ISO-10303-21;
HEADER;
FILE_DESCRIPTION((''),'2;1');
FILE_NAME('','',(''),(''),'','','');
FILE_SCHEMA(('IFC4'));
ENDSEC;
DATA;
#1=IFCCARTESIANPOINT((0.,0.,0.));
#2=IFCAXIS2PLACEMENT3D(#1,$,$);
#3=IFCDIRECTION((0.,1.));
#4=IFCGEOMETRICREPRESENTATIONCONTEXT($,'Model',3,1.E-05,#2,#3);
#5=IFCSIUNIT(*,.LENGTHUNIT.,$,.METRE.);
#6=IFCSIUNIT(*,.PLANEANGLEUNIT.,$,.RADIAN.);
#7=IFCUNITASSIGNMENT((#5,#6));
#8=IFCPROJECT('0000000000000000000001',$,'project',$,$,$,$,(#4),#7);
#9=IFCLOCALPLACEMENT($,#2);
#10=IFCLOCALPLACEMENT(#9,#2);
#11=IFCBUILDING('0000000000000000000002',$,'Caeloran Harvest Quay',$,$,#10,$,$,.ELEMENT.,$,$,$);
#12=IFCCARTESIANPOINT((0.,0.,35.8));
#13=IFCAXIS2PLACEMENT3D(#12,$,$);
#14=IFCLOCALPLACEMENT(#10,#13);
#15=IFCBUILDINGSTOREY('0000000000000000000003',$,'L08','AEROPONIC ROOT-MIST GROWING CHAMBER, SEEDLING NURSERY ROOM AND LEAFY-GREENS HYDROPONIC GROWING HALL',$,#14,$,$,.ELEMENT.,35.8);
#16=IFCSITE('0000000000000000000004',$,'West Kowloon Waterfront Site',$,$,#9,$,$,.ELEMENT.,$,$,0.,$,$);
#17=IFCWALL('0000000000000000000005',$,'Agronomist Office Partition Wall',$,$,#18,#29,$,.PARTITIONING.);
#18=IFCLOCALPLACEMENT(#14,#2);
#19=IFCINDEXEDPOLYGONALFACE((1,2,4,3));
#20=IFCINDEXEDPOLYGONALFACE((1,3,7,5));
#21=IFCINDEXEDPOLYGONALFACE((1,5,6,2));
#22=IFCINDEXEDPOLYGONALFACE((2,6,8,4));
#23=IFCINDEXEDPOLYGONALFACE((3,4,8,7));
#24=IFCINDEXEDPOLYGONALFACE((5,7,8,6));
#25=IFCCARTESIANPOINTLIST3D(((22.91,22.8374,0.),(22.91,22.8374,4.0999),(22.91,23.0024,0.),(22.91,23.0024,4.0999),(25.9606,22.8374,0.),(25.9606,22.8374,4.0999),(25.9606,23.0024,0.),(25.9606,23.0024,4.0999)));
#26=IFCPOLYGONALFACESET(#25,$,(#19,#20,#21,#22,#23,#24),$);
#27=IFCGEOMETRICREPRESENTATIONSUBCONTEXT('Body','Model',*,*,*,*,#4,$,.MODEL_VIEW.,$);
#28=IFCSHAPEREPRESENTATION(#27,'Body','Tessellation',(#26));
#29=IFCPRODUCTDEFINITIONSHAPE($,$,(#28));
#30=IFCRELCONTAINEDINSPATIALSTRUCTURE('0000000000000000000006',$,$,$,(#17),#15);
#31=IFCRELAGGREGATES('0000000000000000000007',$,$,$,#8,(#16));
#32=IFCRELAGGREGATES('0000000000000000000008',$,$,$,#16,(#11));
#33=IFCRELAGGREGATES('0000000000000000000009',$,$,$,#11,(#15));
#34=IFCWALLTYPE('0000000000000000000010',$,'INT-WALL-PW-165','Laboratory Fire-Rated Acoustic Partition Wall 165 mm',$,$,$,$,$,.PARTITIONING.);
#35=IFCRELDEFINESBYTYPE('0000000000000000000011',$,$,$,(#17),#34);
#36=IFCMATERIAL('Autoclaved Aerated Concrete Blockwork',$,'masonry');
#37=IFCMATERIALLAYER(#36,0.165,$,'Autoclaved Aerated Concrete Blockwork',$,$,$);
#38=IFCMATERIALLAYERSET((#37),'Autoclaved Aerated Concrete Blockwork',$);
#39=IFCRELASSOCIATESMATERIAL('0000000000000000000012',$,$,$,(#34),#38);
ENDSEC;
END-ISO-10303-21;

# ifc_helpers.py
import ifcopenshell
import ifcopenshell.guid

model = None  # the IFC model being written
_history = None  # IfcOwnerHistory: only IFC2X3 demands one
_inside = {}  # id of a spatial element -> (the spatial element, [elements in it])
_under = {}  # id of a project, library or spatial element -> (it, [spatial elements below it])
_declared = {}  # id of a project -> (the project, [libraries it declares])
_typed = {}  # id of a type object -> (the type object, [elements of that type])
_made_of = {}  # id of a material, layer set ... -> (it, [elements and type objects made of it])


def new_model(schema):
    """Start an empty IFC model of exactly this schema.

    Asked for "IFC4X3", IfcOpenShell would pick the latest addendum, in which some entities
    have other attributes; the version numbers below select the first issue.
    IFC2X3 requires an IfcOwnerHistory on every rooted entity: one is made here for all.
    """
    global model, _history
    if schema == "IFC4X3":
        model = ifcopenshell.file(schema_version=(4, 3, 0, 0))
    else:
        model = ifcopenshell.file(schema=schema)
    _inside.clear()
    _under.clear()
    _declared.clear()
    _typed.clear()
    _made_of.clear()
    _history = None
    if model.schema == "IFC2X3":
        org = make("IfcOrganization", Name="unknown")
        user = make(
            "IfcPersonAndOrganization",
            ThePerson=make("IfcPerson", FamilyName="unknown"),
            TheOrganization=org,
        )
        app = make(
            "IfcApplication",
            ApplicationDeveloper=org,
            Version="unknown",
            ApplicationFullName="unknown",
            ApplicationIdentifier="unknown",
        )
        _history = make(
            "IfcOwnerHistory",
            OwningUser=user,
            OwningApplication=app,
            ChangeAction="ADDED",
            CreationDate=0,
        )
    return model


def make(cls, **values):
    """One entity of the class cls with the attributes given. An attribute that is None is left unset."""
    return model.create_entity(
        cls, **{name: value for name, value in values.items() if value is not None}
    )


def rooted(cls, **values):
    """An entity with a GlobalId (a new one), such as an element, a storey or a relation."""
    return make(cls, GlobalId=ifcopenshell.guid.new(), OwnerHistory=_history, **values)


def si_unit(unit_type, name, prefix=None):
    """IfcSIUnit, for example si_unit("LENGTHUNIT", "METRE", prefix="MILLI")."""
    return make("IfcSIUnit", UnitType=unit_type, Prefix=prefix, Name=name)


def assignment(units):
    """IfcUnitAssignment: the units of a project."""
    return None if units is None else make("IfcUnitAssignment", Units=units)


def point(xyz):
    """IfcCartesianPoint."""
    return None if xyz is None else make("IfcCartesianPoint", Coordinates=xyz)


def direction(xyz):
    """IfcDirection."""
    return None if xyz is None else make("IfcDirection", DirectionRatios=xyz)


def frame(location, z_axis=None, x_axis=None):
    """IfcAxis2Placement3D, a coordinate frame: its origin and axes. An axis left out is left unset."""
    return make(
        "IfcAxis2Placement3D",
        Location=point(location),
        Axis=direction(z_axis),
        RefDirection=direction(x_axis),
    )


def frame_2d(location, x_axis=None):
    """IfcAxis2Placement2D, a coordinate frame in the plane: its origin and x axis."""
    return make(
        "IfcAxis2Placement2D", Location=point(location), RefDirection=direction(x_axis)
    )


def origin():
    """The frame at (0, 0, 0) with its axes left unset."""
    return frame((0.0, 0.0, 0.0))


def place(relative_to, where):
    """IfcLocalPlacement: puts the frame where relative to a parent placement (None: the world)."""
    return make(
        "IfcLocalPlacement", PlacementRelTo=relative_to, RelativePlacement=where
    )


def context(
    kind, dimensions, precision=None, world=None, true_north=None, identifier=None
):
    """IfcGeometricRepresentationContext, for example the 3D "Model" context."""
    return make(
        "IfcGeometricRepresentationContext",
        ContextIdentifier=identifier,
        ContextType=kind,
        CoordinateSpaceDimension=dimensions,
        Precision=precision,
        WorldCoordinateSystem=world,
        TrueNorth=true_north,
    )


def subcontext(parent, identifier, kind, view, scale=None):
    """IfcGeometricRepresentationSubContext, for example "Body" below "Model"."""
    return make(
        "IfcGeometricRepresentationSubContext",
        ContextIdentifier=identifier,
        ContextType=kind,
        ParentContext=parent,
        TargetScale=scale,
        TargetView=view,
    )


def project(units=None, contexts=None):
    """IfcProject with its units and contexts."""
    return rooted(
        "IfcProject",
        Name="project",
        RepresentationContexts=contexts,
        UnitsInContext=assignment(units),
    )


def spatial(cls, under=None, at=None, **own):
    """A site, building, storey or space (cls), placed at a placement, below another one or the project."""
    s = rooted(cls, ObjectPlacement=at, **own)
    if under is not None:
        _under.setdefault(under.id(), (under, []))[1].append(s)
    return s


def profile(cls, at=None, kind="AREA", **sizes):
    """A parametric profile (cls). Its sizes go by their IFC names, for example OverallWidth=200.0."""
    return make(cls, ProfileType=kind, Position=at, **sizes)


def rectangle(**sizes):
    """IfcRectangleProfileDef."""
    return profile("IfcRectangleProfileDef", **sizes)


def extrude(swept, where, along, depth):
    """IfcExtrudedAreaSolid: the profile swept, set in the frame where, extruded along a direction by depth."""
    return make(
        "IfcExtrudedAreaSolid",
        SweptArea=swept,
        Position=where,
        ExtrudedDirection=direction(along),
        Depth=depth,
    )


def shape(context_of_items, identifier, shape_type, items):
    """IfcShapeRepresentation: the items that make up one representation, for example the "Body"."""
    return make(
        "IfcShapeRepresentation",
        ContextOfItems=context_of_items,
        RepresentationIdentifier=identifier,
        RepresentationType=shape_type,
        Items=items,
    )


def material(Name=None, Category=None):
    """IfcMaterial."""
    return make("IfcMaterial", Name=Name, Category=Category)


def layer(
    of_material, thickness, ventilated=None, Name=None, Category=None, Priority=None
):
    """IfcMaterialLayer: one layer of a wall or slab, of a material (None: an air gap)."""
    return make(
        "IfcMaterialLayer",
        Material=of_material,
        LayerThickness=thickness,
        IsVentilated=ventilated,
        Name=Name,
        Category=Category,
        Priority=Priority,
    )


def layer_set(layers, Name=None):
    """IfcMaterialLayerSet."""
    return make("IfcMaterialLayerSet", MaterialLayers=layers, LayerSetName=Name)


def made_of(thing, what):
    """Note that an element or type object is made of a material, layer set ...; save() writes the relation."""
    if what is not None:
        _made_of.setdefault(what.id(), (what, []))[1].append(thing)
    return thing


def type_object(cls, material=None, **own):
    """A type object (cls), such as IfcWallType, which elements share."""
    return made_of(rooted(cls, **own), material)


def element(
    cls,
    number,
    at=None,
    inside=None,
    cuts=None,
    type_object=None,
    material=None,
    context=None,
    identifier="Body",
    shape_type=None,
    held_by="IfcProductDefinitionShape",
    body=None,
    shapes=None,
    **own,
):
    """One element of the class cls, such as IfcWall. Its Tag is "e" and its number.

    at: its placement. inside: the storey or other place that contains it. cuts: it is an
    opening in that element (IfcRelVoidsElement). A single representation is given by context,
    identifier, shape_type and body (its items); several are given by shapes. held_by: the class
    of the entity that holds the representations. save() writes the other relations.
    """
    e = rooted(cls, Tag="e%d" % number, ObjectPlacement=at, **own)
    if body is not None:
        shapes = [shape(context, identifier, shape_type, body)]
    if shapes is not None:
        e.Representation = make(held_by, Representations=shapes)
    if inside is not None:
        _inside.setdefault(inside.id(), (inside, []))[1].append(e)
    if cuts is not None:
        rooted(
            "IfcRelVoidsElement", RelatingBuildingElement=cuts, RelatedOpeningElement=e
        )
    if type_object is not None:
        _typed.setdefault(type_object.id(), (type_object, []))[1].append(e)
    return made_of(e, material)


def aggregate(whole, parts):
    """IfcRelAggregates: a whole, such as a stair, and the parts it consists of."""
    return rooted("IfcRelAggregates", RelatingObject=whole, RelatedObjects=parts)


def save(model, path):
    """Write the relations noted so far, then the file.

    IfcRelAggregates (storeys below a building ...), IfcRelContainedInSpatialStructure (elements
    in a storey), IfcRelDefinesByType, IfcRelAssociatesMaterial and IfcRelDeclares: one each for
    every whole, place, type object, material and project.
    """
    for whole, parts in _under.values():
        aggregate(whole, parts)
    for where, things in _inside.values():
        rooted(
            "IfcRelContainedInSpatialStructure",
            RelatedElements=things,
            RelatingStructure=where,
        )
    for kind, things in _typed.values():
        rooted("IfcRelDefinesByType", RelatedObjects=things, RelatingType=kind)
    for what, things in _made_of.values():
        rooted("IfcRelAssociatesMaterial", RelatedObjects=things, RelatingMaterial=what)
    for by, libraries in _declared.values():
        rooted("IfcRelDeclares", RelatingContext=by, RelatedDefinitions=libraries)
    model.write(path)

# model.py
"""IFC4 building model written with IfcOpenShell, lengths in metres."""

from ifc_helpers import new_model, si_unit, direction, frame, frame_2d, origin, place, context, subcontext, project, spatial, rectangle, extrude, material, layer, layer_set, type_object, element, save


model = new_model("IFC4")

# Units and contexts
model_context = context("Model", 3, precision=1e-05, world=origin(), true_north=direction((0.0, 1.0)))
body_context = subcontext(model_context, "Body", "Model", "MODEL_VIEW")
ifc_project = project(units=[si_unit("LENGTHUNIT", "METRE"), si_unit("PLANEANGLEUNIT", "RADIAN")], contexts=[model_context])

# Site, building, storey
site_placement = place(None, origin())
site = spatial("IfcSite", under=ifc_project, at=site_placement, Name="West Kowloon Waterfront Site", CompositionType="ELEMENT", RefElevation=0.0)
building_placement = place(site_placement, origin())
building = spatial("IfcBuilding", under=site, at=building_placement, Name="Caeloran Harvest Quay", CompositionType="ELEMENT")
storey_placement = place(building_placement, frame((0.0, 0.0, 35.8)))
storey = spatial("IfcBuildingStorey", under=building, at=storey_placement, Name="L08", Description="AEROPONIC ROOT-MIST GROWING CHAMBER, SEEDLING NURSERY ROOM AND LEAFY-GREENS HYDROPONIC GROWING HALL", CompositionType="ELEMENT", Elevation=35.8)

# Wall
ifc_material_1 = material(Name="Autoclaved Aerated Concrete Blockwork", Category="masonry")
ifc_layer = layer(ifc_material_1, 0.165, Name="Autoclaved Aerated Concrete Blockwork")
ifc_layer_set = layer_set([ifc_layer], Name="Autoclaved Aerated Concrete Blockwork")
wall_type = type_object("IfcWallType", Name="INT-WALL-PW-165", Description="Laboratory Fire-Rated Acoustic Partition Wall 165 mm", PredefinedType="PARTITIONING", material=ifc_layer_set)
wall_placement = place(storey_placement, frame((22.9099, 22.9199, 0.0), z_axis=(0.0, 0.0, 1.0), x_axis=(1.0, 0.0, 0.0)))
element("IfcWall", 1, at=wall_placement, inside=storey, type_object=wall_type, Name="Agronomist Office Partition Wall", PredefinedType="PARTITIONING", context=body_context, shape_type="SweptSolid", body=[
    extrude(rectangle(XDim=3.0505, YDim=0.165, at=frame_2d((1.5254, 0.0))), origin(), (0.0, 0.0, 1.0), 4.0999),
])

save(model, "model.ifc")
